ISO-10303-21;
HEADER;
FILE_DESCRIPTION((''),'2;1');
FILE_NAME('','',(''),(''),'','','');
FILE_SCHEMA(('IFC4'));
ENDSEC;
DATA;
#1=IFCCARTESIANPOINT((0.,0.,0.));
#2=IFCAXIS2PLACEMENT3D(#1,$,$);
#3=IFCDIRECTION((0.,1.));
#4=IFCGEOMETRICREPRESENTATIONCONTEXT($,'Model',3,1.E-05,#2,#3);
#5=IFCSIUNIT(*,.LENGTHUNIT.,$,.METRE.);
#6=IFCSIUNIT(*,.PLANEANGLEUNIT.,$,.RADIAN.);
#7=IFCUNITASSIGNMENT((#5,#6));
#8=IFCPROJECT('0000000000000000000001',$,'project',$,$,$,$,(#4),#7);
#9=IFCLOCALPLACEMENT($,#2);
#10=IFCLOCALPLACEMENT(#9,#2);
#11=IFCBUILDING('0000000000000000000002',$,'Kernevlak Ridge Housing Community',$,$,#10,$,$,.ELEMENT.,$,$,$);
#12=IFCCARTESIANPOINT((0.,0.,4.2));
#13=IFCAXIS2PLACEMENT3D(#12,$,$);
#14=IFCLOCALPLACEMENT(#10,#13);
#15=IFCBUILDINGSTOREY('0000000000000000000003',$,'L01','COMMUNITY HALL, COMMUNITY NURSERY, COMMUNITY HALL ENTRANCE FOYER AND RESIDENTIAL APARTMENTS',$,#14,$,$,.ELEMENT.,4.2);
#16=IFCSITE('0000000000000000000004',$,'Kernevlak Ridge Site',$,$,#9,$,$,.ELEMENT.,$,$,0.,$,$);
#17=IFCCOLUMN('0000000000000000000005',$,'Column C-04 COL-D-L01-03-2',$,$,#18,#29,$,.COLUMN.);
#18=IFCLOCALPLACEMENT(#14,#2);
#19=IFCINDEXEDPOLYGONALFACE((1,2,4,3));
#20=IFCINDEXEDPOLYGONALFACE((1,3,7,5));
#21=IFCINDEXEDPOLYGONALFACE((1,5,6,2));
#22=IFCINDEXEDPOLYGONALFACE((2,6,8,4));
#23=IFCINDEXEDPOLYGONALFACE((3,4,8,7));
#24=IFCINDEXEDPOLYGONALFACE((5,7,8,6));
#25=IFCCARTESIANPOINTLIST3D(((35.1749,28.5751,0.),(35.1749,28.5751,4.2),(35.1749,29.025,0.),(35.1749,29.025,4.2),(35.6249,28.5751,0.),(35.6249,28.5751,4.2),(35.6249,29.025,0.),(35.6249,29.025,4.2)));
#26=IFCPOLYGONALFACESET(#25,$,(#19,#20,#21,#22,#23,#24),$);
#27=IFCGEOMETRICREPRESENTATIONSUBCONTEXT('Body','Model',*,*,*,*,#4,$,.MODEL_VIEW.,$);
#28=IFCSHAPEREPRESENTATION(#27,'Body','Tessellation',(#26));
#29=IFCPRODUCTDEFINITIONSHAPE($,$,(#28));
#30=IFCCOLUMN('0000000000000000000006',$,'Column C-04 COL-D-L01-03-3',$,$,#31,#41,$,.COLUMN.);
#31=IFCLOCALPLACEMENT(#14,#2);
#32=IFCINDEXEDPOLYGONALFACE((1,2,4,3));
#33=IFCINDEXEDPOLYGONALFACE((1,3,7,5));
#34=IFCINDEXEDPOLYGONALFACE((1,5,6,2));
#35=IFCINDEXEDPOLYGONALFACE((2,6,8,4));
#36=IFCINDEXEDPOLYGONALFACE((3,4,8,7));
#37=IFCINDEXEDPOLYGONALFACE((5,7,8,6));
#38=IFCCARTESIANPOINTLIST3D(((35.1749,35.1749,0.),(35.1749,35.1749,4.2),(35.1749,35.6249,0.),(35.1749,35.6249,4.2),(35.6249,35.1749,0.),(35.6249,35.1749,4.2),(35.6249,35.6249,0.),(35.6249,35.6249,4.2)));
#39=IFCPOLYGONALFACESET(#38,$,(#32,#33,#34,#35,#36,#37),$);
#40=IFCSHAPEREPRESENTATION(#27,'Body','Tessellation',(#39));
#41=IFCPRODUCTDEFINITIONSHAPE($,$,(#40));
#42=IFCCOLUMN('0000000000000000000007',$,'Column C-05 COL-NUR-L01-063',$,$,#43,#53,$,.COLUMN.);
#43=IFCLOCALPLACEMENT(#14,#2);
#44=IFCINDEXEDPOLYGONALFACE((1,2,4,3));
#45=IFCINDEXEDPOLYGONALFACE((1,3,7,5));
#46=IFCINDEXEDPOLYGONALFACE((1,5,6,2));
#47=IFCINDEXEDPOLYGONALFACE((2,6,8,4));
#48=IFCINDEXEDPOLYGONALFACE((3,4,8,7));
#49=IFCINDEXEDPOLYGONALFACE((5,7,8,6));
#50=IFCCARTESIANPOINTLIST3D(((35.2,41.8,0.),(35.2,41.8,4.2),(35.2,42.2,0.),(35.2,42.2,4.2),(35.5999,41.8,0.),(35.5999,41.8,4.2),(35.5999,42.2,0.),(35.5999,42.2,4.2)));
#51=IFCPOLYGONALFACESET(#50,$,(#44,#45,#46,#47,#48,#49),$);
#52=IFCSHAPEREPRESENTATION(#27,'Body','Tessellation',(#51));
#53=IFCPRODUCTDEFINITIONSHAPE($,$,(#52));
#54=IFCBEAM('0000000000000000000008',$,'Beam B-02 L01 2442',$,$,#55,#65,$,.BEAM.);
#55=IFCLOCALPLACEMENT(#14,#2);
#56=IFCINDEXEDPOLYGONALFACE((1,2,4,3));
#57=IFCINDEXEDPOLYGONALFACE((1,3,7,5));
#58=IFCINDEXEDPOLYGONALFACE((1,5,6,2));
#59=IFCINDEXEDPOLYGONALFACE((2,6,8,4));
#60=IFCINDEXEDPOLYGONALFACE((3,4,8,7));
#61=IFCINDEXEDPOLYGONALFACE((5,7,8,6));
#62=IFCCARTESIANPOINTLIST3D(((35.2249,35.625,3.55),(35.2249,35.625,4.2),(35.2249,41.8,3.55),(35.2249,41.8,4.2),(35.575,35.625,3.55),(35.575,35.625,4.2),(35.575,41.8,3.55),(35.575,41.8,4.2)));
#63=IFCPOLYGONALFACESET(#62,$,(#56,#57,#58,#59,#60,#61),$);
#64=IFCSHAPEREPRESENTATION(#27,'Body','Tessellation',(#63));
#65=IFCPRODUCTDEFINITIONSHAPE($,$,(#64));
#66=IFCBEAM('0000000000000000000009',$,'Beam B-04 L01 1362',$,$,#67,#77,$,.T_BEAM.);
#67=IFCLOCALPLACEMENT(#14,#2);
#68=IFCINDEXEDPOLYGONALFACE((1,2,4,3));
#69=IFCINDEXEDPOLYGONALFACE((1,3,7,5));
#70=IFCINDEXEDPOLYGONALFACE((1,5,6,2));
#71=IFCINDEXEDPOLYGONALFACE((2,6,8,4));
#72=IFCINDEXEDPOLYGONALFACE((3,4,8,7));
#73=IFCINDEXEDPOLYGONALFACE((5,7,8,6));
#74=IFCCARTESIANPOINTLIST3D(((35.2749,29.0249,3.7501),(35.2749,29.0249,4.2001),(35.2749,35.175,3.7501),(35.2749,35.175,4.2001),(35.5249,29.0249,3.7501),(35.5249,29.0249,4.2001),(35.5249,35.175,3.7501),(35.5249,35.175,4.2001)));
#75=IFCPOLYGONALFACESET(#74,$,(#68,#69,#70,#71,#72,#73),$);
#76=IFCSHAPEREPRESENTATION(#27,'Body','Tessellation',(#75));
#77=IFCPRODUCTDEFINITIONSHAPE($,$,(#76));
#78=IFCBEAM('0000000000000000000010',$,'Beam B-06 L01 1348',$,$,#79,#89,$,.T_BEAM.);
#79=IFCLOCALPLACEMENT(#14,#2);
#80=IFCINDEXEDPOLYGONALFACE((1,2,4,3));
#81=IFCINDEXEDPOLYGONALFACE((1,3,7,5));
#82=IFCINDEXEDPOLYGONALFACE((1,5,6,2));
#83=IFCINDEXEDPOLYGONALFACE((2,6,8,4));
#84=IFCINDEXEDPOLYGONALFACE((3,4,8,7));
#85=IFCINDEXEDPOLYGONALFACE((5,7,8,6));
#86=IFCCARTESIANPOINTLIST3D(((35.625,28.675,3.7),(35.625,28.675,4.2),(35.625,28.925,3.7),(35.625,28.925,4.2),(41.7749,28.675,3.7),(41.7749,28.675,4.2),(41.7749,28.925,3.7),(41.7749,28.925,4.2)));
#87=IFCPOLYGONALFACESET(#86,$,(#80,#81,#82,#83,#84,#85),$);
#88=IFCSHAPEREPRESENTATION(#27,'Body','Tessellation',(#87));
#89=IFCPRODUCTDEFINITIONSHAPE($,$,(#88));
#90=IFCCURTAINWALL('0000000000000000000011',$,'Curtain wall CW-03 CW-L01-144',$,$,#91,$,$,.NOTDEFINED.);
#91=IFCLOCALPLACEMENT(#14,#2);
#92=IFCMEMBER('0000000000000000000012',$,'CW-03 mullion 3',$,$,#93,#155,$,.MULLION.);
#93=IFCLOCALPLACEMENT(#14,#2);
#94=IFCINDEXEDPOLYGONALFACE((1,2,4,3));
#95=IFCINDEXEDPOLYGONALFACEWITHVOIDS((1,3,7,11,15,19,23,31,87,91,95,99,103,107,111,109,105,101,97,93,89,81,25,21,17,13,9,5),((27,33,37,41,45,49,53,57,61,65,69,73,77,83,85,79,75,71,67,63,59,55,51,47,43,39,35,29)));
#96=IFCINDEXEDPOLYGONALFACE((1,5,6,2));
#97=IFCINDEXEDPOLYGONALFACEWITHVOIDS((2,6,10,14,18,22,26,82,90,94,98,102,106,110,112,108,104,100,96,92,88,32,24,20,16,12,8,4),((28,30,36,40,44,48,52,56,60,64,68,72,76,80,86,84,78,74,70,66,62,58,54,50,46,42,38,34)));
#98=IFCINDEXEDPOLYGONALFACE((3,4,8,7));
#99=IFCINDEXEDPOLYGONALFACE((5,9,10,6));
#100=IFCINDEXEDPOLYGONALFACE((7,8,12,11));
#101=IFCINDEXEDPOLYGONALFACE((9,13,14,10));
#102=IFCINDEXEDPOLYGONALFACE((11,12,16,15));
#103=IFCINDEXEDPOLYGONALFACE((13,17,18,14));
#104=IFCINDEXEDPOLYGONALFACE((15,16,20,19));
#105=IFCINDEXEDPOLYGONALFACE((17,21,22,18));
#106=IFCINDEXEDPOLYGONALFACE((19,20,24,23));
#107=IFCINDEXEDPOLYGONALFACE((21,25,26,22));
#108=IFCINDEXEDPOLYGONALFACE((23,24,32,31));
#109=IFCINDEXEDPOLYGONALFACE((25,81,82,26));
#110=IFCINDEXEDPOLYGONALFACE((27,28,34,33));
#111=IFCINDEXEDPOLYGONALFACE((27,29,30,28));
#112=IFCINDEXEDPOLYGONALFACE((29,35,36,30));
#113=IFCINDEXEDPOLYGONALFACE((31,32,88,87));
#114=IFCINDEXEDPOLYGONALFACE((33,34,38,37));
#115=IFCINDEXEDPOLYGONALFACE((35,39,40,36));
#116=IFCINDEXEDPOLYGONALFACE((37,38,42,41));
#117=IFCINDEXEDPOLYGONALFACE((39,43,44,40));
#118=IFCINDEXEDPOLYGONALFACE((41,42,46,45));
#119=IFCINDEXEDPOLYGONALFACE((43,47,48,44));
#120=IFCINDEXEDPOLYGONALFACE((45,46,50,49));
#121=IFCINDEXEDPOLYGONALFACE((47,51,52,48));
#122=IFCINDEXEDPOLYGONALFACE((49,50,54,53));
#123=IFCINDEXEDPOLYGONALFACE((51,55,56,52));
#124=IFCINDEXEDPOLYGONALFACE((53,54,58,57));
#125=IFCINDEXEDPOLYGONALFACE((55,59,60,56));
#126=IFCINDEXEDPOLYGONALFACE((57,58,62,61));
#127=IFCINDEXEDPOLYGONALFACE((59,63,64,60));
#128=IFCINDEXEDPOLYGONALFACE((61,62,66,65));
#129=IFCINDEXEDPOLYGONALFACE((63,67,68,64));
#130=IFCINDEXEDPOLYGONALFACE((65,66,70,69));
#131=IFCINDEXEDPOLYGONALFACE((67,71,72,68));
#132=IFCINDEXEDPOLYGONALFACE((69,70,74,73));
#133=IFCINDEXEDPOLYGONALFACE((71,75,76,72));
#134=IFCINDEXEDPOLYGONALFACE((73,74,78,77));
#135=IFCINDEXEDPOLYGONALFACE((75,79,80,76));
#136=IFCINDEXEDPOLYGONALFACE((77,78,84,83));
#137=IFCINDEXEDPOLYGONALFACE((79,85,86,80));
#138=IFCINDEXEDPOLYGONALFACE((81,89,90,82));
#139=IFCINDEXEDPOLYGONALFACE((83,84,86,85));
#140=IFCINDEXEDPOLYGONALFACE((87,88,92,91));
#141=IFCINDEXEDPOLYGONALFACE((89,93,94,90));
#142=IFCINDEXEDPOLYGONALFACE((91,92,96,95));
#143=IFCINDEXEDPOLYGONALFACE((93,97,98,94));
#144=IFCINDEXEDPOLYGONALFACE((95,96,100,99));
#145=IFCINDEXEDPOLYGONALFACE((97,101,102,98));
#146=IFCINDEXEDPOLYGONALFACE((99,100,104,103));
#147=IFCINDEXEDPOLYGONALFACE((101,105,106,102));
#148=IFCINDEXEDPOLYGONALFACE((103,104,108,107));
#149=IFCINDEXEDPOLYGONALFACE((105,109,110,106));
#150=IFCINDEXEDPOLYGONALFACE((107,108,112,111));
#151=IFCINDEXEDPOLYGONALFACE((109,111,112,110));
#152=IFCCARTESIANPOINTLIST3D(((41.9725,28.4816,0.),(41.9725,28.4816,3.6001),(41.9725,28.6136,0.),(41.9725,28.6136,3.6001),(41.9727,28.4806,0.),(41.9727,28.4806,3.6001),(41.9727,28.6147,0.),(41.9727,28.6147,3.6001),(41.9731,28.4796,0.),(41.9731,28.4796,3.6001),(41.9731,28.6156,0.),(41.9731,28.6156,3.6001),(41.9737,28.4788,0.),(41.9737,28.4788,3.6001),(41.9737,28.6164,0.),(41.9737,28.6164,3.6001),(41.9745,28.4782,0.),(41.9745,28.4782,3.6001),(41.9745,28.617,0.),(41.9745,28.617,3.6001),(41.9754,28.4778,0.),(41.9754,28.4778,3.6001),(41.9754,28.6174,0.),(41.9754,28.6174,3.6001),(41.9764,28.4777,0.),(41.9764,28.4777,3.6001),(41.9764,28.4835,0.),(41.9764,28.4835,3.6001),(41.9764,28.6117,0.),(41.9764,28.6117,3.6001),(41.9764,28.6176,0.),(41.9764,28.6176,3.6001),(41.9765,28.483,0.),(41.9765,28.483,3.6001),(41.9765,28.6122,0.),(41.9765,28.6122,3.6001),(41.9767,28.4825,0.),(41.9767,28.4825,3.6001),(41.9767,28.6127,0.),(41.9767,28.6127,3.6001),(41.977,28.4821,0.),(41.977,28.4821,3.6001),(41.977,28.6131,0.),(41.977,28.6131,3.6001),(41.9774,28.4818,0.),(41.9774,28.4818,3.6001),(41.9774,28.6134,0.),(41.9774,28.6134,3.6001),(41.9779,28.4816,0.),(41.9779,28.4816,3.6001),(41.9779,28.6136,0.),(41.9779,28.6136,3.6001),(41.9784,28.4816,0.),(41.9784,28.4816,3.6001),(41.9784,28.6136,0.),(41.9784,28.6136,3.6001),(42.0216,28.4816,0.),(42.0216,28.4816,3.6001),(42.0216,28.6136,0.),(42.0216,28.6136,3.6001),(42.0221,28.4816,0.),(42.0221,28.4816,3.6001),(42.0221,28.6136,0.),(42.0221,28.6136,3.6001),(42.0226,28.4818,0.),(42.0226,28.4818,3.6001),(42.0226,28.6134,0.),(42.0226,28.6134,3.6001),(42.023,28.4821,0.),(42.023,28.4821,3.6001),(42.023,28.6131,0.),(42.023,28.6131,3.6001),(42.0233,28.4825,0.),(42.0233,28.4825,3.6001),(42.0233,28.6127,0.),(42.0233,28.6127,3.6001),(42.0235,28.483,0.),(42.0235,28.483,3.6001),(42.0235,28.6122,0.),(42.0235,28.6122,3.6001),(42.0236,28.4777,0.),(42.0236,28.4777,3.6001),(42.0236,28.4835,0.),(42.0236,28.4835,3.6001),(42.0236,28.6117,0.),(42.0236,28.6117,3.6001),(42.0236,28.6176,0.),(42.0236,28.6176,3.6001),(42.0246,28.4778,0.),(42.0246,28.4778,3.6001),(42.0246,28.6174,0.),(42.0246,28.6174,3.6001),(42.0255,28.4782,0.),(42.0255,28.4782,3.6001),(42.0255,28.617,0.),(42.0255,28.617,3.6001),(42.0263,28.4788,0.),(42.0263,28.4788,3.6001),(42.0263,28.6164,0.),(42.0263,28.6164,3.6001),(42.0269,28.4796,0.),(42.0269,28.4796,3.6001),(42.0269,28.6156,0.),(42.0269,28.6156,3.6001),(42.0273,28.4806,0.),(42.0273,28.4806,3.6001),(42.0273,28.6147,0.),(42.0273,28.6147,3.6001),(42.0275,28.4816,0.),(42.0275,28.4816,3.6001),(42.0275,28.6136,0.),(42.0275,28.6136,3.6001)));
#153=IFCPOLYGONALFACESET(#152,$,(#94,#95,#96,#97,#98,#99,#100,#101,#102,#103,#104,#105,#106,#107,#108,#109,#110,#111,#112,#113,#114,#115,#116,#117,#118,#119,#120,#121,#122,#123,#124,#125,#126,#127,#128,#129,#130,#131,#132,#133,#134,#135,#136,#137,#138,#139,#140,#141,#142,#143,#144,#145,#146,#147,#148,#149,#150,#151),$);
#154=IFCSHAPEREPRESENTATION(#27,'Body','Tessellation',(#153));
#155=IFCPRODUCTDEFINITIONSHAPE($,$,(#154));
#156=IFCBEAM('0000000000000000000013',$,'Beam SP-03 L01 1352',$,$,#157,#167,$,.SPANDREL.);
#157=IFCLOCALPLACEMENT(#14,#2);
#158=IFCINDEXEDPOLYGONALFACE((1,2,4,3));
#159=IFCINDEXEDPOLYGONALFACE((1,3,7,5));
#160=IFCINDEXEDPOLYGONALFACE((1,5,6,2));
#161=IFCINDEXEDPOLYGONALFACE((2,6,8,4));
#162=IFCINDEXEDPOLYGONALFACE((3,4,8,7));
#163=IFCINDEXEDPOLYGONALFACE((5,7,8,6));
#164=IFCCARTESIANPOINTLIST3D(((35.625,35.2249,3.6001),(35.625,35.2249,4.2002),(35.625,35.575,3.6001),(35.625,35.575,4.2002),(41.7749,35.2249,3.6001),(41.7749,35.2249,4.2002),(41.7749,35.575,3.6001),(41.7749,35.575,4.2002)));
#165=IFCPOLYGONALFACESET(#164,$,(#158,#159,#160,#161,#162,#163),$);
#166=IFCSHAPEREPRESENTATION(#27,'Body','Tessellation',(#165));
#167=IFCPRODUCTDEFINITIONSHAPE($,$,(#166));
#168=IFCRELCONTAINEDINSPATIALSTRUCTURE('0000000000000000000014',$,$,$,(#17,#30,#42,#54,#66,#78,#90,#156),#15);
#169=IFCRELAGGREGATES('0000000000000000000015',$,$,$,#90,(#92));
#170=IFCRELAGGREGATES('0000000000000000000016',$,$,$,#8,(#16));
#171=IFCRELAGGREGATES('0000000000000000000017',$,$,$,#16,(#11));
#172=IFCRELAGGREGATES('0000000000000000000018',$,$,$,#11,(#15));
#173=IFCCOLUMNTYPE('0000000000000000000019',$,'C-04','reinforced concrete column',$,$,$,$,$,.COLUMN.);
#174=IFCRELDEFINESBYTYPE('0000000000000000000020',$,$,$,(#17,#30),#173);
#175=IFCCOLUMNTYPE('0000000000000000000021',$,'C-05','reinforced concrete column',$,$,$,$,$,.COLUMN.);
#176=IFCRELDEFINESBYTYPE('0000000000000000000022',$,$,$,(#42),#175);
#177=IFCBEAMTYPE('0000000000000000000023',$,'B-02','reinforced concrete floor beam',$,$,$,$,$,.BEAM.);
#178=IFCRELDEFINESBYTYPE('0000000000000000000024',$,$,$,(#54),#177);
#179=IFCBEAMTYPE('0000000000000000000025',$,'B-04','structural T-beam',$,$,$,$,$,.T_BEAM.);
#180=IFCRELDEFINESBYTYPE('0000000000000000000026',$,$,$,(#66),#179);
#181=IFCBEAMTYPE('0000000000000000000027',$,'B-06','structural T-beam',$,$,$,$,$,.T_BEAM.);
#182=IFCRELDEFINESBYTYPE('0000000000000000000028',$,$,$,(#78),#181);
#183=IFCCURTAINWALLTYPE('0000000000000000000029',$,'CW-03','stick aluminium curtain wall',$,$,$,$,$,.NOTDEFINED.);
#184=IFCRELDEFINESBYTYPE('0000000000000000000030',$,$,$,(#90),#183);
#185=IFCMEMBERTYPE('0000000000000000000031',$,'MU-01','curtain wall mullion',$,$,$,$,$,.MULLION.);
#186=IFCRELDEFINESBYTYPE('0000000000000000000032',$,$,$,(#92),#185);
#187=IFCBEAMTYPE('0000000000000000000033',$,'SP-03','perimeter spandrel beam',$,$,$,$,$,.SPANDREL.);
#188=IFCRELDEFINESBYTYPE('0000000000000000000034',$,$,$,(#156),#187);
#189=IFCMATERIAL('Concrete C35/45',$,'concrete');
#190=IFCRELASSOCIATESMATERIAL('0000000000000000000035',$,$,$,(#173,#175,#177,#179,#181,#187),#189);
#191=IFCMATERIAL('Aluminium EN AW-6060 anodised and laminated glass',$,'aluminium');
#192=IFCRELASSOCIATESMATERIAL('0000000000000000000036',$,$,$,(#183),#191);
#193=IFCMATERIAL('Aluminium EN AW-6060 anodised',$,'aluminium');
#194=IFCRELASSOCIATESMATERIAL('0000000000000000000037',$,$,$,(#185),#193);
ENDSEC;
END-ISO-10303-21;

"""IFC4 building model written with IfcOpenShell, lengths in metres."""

from ifc_helpers import new_model, si_unit, direction, frame, origin, origin_2d, place, context, subcontext, project, spatial, rectangle, hollow_rectangle, extrude, material, material_profile, profile_set, type_object, element, aggregate, save


model = new_model("IFC4")

# Units and contexts
model_context = context("Model", 3, precision=1e-05, world=origin(), true_north=direction((0.0, 1.0)))
body_context = subcontext(model_context, "Body", "Model", "MODEL_VIEW")
ifc_project = project(units=[si_unit("LENGTHUNIT", "METRE"), si_unit("PLANEANGLEUNIT", "RADIAN")], contexts=[model_context])

# Site, building, storey
site_placement = place(None, origin())
site = spatial("IfcSite", under=ifc_project, at=site_placement, Name="Kernevlak Ridge Site", CompositionType="ELEMENT", RefElevation=0.0)
building_placement = place(site_placement, origin())
building = spatial("IfcBuilding", under=site, at=building_placement, Name="Kernevlak Ridge Housing Community", CompositionType="ELEMENT")
storey_placement = place(building_placement, frame((0.0, 0.0, 4.2)))
storey = spatial("IfcBuildingStorey", under=building, at=storey_placement, Name="L01", Description="COMMUNITY HALL, COMMUNITY NURSERY, COMMUNITY HALL ENTRANCE FOYER AND RESIDENTIAL APARTMENTS", CompositionType="ELEMENT", Elevation=4.2)

# Columns
ifc_material_1 = material(Name="Concrete C35/45", Category="concrete")
ifc_material_profile_1 = material_profile(ifc_material_1, rectangle(XDim=0.45, YDim=0.45, at=origin_2d()), Name="RC 450x450")
ifc_profile_set_1 = profile_set([ifc_material_profile_1], Name="Concrete C35/45")
column_type_1 = type_object("IfcColumnType", Name="C-04", Description="reinforced concrete column", PredefinedType="COLUMN", material=ifc_profile_set_1)
for number, where, z_axis, x_axis, name in (
    (1, (35.3999, 28.8, 0.0), (0.0, 0.0, 1.0), (1.0, 0.0, 0.0), "Column C-04 COL-D-L01-03-2"),
    (2, (35.3999, 35.3999, 0.0), (0.0, 0.0, 1.0), (1.0, 0.0, 0.0), "Column C-04 COL-D-L01-03-3"),
):
    element("IfcColumn", number, at=place(storey_placement, frame(where, z_axis=z_axis, x_axis=x_axis)), inside=storey, type_object=column_type_1, Name=name, PredefinedType="COLUMN", context=body_context, shape_type="SweptSolid", body=[
        extrude(rectangle(XDim=0.45, YDim=0.45, at=origin_2d()), origin(), (0.0, 0.0, 1.0), 4.2),
    ])
ifc_material_profile_2 = material_profile(ifc_material_1, rectangle(XDim=0.3999, YDim=0.3999, at=origin_2d()), Name="RC 400x400")
ifc_profile_set_2 = profile_set([ifc_material_profile_2], Name="Concrete C35/45")
column_type_2 = type_object("IfcColumnType", Name="C-05", Description="reinforced concrete column", PredefinedType="COLUMN", material=ifc_profile_set_2)
column_placement = place(storey_placement, frame((35.3999, 42.0, 0.0), z_axis=(0.0, 0.0, 1.0), x_axis=(1.0, 0.0, 0.0)))
element("IfcColumn", 3, at=column_placement, inside=storey, type_object=column_type_2, Name="Column C-05 COL-NUR-L01-063", PredefinedType="COLUMN", context=body_context, shape_type="SweptSolid", body=[
    extrude(rectangle(XDim=0.3999, YDim=0.3999, at=origin_2d()), origin(), (0.0, 0.0, 1.0), 4.2),
])

# Beams
ifc_material_profile_3 = material_profile(ifc_material_1, rectangle(XDim=0.3501, YDim=0.6499, at=origin_2d()), Name="RC 350x650")
ifc_profile_set_3 = profile_set([ifc_material_profile_3], Name="Concrete C35/45")
beam_type_1 = type_object("IfcBeamType", Name="B-02", Description="reinforced concrete floor beam", PredefinedType="BEAM", material=ifc_profile_set_3)
beam_1_placement = place(storey_placement, frame((35.3999, 35.625, 3.875), z_axis=(0.0, 1.0, 0.0), x_axis=(-1.0, 0.0, 0.0)))
element("IfcBeam", 4, at=beam_1_placement, inside=storey, type_object=beam_type_1, Name="Beam B-02 L01 2442", PredefinedType="BEAM", context=body_context, shape_type="SweptSolid", body=[
    extrude(rectangle(XDim=0.3501, YDim=0.6499, at=origin_2d()), origin(), (0.0, 0.0, 1.0), 6.175),
])
ifc_material_profile_4 = material_profile(ifc_material_1, rectangle(XDim=0.25, YDim=0.45, at=origin_2d()), Name="RC 250x450")
ifc_profile_set_4 = profile_set([ifc_material_profile_4], Name="Concrete C35/45")
beam_type_2 = type_object("IfcBeamType", Name="B-04", Description="structural T-beam", PredefinedType="T_BEAM", material=ifc_profile_set_4)
beam_2_placement = place(storey_placement, frame((35.3999, 29.0249, 3.9751), z_axis=(0.0, 1.0, 0.0), x_axis=(-1.0, 0.0, 0.0)))
element("IfcBeam", 5, at=beam_2_placement, inside=storey, type_object=beam_type_2, Name="Beam B-04 L01 1362", PredefinedType="T_BEAM", context=body_context, shape_type="SweptSolid", body=[
    extrude(rectangle(XDim=0.25, YDim=0.45, at=origin_2d()), origin(), (0.0, 0.0, 1.0), 6.1501),
])
ifc_material_profile_5 = material_profile(ifc_material_1, rectangle(XDim=0.25, YDim=0.5, at=origin_2d()), Name="RC 250x500")
ifc_profile_set_5 = profile_set([ifc_material_profile_5], Name="Concrete C35/45")
beam_type_3 = type_object("IfcBeamType", Name="B-06", Description="structural T-beam", PredefinedType="T_BEAM", material=ifc_profile_set_5)
beam_3_placement = place(storey_placement, frame((35.625, 28.8, 3.95), z_axis=(1.0, 0.0, 0.0), x_axis=(0.0, 1.0, 0.0)))
element("IfcBeam", 6, at=beam_3_placement, inside=storey, type_object=beam_type_3, Name="Beam B-06 L01 1348", PredefinedType="T_BEAM", context=body_context, shape_type="SweptSolid", body=[
    extrude(rectangle(XDim=0.25, YDim=0.5, at=origin_2d()), origin(), (0.0, 0.0, 1.0), 6.1499),
])

# Curtain wall, member
ifc_material_2 = material(Name="Aluminium EN AW-6060 anodised and laminated glass", Category="aluminium")
curtain_wall_type = type_object("IfcCurtainWallType", Name="CW-03", Description="stick aluminium curtain wall", PredefinedType="NOTDEFINED", material=ifc_material_2)
curtain_wall_placement = place(storey_placement, origin())
curtain_wall = element("IfcCurtainWall", 7, at=curtain_wall_placement, inside=storey, type_object=curtain_wall_type, Name="Curtain wall CW-03 CW-L01-144", PredefinedType="NOTDEFINED")
ifc_material_3 = material(Name="Aluminium EN AW-6060 anodised", Category="aluminium")
ifc_material_profile_6 = material_profile(ifc_material_3, hollow_rectangle(XDim=0.0549, YDim=0.1399, WallThickness=0.0039, InnerFilletRadius=0.002, OuterFilletRadius=0.0039, at=origin_2d()), Name="ALU 55x140x4")
ifc_profile_set_6 = profile_set([ifc_material_profile_6], Name="Aluminium EN AW-6060 anodised")
member_type = type_object("IfcMemberType", Name="MU-01", Description="curtain wall mullion", PredefinedType="MULLION", material=ifc_profile_set_6)
member_placement = place(storey_placement, frame((42.0, 28.5476, 0.0), z_axis=(0.0, 0.0, 1.0), x_axis=(-1.0, 0.0, 0.0)))
member = element("IfcMember", 8, at=member_placement, type_object=member_type, Name="CW-03 mullion 3", PredefinedType="MULLION", context=body_context, shape_type="SweptSolid", body=[
    extrude(hollow_rectangle(XDim=0.0549, YDim=0.1399, WallThickness=0.0039, InnerFilletRadius=0.002, OuterFilletRadius=0.0039, at=origin_2d()), origin(), (0.0, 0.0, 1.0), 3.6001),
])
aggregate(curtain_wall, [member])

# Beam
ifc_material_profile_7 = material_profile(ifc_material_1, rectangle(XDim=0.3501, YDim=0.6001, at=origin_2d()), Name="RC 350x600")
ifc_profile_set_7 = profile_set([ifc_material_profile_7], Name="Concrete C35/45")
beam_type_4 = type_object("IfcBeamType", Name="SP-03", Description="perimeter spandrel beam", PredefinedType="SPANDREL", material=ifc_profile_set_7)
beam_4_placement = place(storey_placement, frame((35.625, 35.3999, 3.9001), z_axis=(1.0, 0.0, 0.0), x_axis=(0.0, 1.0, 0.0)))
element("IfcBeam", 9, at=beam_4_placement, inside=storey, type_object=beam_type_4, Name="Beam SP-03 L01 1352", PredefinedType="SPANDREL", context=body_context, shape_type="SweptSolid", body=[
    extrude(rectangle(XDim=0.3501, YDim=0.6001, at=origin_2d()), origin(), (0.0, 0.0, 1.0), 6.1499),
])

save(model, "model.ifc")
